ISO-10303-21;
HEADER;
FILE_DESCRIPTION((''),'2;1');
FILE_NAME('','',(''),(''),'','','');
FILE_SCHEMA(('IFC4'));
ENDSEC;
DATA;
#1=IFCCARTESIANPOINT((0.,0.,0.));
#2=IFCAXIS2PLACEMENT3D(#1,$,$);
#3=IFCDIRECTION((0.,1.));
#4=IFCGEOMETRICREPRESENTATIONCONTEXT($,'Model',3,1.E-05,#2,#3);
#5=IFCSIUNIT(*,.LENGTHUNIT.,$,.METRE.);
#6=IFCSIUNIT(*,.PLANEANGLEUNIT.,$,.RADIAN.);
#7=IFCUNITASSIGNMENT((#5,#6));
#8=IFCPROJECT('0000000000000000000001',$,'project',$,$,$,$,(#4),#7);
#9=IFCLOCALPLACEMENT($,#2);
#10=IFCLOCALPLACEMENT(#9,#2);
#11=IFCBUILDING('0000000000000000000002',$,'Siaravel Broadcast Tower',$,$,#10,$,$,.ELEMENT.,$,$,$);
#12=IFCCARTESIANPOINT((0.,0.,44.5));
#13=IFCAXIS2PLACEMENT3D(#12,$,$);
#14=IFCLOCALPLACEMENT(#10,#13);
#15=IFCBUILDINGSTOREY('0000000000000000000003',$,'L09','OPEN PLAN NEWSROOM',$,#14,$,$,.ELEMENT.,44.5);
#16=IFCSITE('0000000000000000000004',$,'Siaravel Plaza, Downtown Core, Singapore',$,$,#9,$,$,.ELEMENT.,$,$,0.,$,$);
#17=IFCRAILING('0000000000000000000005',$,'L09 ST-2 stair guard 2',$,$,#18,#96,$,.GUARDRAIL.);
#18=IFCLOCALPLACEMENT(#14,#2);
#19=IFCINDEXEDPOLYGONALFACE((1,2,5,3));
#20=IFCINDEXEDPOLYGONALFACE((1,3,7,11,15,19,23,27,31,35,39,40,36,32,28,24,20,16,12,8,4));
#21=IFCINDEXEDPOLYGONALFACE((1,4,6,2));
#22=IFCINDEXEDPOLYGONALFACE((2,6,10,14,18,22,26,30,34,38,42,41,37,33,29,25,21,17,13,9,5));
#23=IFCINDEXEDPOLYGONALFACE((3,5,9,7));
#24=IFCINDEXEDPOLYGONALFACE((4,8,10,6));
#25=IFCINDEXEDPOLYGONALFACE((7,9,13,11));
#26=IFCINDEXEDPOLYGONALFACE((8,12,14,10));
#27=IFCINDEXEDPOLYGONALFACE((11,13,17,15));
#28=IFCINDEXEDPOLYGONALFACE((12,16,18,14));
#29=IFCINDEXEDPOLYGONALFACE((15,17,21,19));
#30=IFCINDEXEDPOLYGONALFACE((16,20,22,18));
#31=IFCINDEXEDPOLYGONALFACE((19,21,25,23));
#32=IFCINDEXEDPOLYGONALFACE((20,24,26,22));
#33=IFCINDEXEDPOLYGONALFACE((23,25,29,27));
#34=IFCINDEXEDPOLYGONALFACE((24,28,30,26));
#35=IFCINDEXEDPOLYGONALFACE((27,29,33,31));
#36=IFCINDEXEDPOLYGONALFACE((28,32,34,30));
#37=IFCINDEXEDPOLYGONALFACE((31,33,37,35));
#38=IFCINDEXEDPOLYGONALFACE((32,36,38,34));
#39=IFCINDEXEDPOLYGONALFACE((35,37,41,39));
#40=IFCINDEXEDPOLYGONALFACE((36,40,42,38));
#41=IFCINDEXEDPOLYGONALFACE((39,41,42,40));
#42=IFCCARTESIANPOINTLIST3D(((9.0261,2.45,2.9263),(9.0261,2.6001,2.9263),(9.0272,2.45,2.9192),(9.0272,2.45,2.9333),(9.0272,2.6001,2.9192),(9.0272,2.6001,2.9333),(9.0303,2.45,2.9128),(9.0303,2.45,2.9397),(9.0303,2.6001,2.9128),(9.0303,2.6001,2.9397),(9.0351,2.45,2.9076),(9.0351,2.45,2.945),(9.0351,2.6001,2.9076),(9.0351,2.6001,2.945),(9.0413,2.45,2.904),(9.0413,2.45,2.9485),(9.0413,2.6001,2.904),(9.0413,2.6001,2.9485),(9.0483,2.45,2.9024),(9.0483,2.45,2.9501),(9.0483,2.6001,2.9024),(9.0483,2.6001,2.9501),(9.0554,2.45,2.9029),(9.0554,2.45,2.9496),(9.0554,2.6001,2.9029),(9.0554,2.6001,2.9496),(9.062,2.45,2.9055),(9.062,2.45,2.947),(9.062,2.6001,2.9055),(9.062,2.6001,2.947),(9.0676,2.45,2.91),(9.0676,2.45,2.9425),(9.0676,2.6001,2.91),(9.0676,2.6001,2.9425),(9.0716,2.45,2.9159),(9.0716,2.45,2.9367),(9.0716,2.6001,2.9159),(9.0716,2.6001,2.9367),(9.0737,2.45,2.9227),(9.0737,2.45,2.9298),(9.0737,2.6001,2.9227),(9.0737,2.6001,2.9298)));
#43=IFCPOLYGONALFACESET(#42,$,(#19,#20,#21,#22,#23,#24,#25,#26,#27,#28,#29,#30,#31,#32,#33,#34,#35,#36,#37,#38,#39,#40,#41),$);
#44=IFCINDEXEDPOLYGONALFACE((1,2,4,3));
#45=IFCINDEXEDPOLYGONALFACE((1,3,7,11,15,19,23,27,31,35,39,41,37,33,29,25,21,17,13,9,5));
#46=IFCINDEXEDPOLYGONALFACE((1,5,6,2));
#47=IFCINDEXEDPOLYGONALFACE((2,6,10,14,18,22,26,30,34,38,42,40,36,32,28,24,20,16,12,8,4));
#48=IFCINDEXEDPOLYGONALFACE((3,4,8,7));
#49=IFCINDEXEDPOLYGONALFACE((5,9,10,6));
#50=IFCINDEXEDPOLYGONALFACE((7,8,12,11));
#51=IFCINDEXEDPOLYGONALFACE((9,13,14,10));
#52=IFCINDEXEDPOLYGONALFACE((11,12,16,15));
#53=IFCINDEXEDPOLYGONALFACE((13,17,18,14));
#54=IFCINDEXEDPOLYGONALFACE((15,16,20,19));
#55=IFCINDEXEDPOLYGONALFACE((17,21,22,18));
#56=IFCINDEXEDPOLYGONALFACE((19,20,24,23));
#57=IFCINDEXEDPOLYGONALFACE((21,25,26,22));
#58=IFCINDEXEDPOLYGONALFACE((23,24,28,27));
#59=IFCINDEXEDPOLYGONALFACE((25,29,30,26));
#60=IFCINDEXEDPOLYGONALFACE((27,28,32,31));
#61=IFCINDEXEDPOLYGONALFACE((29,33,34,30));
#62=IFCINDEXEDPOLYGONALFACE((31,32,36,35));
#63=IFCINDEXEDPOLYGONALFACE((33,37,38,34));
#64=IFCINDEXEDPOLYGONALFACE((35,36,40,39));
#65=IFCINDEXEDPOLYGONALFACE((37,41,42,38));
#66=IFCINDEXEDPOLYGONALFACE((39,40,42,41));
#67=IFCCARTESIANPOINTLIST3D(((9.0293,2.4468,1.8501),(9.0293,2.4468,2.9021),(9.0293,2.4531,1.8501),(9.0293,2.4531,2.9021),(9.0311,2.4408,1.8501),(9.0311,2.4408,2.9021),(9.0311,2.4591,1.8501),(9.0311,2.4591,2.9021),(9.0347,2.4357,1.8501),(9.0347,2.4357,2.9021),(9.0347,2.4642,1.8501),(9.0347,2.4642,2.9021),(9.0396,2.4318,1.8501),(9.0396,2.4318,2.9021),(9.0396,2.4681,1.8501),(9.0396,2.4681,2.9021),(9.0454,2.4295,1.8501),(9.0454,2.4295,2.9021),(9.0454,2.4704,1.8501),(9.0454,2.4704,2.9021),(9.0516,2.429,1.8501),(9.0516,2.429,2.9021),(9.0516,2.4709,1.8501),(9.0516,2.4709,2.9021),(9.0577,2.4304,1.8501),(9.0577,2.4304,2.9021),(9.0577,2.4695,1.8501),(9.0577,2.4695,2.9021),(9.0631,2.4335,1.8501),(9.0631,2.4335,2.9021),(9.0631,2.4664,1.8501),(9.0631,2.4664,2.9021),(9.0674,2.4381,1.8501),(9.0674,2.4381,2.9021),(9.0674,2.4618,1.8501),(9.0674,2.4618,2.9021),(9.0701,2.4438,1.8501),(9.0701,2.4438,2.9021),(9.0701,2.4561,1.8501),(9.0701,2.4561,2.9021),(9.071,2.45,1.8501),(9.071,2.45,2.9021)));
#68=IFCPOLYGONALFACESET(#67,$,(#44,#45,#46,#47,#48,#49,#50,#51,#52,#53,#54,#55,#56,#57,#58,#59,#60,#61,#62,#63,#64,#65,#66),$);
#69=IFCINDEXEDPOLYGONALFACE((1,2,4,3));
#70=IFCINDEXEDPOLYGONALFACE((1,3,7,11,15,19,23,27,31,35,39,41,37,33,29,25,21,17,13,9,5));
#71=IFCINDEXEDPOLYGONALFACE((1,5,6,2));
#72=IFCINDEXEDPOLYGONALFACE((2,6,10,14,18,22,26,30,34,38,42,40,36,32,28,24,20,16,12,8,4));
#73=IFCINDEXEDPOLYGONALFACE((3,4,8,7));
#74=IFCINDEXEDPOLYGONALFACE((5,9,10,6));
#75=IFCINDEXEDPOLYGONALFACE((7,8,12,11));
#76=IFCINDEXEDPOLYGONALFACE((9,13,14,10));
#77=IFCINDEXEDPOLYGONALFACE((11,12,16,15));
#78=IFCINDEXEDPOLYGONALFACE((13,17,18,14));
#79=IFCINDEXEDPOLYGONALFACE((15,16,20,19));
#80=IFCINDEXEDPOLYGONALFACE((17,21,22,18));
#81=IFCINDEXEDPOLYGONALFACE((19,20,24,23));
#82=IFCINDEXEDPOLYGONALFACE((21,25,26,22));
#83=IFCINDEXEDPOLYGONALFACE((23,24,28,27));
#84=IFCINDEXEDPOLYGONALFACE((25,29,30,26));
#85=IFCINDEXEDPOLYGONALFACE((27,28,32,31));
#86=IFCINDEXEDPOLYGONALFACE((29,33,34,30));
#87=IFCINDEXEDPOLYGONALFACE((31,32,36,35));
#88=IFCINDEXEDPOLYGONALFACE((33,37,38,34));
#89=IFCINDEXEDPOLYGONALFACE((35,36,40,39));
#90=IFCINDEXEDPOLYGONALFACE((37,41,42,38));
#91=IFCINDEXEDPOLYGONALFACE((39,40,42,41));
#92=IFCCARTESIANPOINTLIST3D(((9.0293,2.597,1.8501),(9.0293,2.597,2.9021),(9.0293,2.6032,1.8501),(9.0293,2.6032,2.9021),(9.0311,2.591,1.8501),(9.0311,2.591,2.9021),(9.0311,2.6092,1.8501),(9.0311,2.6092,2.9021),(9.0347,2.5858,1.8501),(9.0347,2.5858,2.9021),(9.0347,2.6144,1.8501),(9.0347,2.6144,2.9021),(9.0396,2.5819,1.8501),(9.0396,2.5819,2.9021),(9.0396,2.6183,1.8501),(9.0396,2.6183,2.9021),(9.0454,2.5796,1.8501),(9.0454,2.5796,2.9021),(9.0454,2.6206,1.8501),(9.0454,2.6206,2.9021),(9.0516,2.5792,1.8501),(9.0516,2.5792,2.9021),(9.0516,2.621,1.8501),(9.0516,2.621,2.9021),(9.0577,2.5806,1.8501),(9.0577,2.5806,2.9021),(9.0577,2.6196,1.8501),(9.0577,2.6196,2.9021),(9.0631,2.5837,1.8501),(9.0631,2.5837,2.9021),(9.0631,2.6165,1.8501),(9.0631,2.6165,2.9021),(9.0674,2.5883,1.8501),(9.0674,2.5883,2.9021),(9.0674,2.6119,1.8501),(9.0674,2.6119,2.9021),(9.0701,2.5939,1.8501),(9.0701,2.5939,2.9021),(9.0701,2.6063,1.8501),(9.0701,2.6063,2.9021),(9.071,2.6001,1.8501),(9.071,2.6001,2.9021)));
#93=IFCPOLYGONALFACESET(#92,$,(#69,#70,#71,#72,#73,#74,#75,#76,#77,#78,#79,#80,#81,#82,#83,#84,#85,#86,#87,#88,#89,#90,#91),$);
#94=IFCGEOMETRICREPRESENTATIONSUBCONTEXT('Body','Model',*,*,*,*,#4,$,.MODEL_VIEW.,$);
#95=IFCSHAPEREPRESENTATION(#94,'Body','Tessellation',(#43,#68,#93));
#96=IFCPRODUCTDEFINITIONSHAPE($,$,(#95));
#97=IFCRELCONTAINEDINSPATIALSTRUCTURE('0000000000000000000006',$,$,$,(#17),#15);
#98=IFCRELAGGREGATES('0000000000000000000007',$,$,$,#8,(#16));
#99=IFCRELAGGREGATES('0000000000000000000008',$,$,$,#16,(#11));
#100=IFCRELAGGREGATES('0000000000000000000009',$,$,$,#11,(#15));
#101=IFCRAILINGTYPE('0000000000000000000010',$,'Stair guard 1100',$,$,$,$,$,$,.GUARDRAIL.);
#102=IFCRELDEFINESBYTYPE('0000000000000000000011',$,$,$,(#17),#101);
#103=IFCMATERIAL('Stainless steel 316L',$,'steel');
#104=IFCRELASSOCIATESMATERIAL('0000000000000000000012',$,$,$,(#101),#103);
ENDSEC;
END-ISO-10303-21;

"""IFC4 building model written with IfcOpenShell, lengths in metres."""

from ifc_helpers import new_model, si_unit, direction, frame, origin, origin_2d, place, context, subcontext, project, spatial, circle, extrude, material, type_object, element, save


model = new_model("IFC4")

# Units and contexts
model_context = context("Model", 3, precision=1e-05, world=origin(), true_north=direction((0.0, 1.0)))
body_context = subcontext(model_context, "Body", "Model", "MODEL_VIEW")
ifc_project = project(units=[si_unit("LENGTHUNIT", "METRE"), si_unit("PLANEANGLEUNIT", "RADIAN")], contexts=[model_context])

# Site, building, storey
site_placement = place(None, origin())
site = spatial("IfcSite", under=ifc_project, at=site_placement, Name="Siaravel Plaza, Downtown Core, Singapore", CompositionType="ELEMENT", RefElevation=0.0)
building_placement = place(site_placement, origin())
building = spatial("IfcBuilding", under=site, at=building_placement, Name="Siaravel Broadcast Tower", CompositionType="ELEMENT")
storey_placement = place(building_placement, frame((0.0, 0.0, 44.5)))
storey = spatial("IfcBuildingStorey", under=building, at=storey_placement, Name="L09", Description="OPEN PLAN NEWSROOM", CompositionType="ELEMENT", Elevation=44.5)

# Railing
ifc_material_1 = material(Name="Stainless steel 316L", Category="steel")
railing_type_1 = type_object("IfcRailingType", Name="Stair guard 1100", PredefinedType="GUARDRAIL", material=ifc_material_1)
railing_1_placement = place(storey_placement, frame((9.05, 2.45, 1.8501)))
element("IfcRailing", 1, at=railing_1_placement, inside=storey, type_object=railing_type_1, Name="L09 ST-2 stair guard 2", PredefinedType="GUARDRAIL", context=body_context, shape_type="SweptSolid", body=[
    extrude(circle(Radius=0.0239, at=origin_2d()), frame((0.0, 0.0, 1.0762), z_axis=(0.0, 1.0, 0.0), x_axis=(-1.0, 0.0, 0.0)), (0.0, 0.0, 1.0), 0.1501),
    extrude(circle(Radius=0.021, at=origin_2d()), origin(), (0.0, 0.0, 1.0), 1.052),
    extrude(circle(Radius=0.021, at=origin_2d()), frame((0.0, 0.1501, 0.0)), (0.0, 0.0, 1.0), 1.052),
])

save(model, "model.ifc")
